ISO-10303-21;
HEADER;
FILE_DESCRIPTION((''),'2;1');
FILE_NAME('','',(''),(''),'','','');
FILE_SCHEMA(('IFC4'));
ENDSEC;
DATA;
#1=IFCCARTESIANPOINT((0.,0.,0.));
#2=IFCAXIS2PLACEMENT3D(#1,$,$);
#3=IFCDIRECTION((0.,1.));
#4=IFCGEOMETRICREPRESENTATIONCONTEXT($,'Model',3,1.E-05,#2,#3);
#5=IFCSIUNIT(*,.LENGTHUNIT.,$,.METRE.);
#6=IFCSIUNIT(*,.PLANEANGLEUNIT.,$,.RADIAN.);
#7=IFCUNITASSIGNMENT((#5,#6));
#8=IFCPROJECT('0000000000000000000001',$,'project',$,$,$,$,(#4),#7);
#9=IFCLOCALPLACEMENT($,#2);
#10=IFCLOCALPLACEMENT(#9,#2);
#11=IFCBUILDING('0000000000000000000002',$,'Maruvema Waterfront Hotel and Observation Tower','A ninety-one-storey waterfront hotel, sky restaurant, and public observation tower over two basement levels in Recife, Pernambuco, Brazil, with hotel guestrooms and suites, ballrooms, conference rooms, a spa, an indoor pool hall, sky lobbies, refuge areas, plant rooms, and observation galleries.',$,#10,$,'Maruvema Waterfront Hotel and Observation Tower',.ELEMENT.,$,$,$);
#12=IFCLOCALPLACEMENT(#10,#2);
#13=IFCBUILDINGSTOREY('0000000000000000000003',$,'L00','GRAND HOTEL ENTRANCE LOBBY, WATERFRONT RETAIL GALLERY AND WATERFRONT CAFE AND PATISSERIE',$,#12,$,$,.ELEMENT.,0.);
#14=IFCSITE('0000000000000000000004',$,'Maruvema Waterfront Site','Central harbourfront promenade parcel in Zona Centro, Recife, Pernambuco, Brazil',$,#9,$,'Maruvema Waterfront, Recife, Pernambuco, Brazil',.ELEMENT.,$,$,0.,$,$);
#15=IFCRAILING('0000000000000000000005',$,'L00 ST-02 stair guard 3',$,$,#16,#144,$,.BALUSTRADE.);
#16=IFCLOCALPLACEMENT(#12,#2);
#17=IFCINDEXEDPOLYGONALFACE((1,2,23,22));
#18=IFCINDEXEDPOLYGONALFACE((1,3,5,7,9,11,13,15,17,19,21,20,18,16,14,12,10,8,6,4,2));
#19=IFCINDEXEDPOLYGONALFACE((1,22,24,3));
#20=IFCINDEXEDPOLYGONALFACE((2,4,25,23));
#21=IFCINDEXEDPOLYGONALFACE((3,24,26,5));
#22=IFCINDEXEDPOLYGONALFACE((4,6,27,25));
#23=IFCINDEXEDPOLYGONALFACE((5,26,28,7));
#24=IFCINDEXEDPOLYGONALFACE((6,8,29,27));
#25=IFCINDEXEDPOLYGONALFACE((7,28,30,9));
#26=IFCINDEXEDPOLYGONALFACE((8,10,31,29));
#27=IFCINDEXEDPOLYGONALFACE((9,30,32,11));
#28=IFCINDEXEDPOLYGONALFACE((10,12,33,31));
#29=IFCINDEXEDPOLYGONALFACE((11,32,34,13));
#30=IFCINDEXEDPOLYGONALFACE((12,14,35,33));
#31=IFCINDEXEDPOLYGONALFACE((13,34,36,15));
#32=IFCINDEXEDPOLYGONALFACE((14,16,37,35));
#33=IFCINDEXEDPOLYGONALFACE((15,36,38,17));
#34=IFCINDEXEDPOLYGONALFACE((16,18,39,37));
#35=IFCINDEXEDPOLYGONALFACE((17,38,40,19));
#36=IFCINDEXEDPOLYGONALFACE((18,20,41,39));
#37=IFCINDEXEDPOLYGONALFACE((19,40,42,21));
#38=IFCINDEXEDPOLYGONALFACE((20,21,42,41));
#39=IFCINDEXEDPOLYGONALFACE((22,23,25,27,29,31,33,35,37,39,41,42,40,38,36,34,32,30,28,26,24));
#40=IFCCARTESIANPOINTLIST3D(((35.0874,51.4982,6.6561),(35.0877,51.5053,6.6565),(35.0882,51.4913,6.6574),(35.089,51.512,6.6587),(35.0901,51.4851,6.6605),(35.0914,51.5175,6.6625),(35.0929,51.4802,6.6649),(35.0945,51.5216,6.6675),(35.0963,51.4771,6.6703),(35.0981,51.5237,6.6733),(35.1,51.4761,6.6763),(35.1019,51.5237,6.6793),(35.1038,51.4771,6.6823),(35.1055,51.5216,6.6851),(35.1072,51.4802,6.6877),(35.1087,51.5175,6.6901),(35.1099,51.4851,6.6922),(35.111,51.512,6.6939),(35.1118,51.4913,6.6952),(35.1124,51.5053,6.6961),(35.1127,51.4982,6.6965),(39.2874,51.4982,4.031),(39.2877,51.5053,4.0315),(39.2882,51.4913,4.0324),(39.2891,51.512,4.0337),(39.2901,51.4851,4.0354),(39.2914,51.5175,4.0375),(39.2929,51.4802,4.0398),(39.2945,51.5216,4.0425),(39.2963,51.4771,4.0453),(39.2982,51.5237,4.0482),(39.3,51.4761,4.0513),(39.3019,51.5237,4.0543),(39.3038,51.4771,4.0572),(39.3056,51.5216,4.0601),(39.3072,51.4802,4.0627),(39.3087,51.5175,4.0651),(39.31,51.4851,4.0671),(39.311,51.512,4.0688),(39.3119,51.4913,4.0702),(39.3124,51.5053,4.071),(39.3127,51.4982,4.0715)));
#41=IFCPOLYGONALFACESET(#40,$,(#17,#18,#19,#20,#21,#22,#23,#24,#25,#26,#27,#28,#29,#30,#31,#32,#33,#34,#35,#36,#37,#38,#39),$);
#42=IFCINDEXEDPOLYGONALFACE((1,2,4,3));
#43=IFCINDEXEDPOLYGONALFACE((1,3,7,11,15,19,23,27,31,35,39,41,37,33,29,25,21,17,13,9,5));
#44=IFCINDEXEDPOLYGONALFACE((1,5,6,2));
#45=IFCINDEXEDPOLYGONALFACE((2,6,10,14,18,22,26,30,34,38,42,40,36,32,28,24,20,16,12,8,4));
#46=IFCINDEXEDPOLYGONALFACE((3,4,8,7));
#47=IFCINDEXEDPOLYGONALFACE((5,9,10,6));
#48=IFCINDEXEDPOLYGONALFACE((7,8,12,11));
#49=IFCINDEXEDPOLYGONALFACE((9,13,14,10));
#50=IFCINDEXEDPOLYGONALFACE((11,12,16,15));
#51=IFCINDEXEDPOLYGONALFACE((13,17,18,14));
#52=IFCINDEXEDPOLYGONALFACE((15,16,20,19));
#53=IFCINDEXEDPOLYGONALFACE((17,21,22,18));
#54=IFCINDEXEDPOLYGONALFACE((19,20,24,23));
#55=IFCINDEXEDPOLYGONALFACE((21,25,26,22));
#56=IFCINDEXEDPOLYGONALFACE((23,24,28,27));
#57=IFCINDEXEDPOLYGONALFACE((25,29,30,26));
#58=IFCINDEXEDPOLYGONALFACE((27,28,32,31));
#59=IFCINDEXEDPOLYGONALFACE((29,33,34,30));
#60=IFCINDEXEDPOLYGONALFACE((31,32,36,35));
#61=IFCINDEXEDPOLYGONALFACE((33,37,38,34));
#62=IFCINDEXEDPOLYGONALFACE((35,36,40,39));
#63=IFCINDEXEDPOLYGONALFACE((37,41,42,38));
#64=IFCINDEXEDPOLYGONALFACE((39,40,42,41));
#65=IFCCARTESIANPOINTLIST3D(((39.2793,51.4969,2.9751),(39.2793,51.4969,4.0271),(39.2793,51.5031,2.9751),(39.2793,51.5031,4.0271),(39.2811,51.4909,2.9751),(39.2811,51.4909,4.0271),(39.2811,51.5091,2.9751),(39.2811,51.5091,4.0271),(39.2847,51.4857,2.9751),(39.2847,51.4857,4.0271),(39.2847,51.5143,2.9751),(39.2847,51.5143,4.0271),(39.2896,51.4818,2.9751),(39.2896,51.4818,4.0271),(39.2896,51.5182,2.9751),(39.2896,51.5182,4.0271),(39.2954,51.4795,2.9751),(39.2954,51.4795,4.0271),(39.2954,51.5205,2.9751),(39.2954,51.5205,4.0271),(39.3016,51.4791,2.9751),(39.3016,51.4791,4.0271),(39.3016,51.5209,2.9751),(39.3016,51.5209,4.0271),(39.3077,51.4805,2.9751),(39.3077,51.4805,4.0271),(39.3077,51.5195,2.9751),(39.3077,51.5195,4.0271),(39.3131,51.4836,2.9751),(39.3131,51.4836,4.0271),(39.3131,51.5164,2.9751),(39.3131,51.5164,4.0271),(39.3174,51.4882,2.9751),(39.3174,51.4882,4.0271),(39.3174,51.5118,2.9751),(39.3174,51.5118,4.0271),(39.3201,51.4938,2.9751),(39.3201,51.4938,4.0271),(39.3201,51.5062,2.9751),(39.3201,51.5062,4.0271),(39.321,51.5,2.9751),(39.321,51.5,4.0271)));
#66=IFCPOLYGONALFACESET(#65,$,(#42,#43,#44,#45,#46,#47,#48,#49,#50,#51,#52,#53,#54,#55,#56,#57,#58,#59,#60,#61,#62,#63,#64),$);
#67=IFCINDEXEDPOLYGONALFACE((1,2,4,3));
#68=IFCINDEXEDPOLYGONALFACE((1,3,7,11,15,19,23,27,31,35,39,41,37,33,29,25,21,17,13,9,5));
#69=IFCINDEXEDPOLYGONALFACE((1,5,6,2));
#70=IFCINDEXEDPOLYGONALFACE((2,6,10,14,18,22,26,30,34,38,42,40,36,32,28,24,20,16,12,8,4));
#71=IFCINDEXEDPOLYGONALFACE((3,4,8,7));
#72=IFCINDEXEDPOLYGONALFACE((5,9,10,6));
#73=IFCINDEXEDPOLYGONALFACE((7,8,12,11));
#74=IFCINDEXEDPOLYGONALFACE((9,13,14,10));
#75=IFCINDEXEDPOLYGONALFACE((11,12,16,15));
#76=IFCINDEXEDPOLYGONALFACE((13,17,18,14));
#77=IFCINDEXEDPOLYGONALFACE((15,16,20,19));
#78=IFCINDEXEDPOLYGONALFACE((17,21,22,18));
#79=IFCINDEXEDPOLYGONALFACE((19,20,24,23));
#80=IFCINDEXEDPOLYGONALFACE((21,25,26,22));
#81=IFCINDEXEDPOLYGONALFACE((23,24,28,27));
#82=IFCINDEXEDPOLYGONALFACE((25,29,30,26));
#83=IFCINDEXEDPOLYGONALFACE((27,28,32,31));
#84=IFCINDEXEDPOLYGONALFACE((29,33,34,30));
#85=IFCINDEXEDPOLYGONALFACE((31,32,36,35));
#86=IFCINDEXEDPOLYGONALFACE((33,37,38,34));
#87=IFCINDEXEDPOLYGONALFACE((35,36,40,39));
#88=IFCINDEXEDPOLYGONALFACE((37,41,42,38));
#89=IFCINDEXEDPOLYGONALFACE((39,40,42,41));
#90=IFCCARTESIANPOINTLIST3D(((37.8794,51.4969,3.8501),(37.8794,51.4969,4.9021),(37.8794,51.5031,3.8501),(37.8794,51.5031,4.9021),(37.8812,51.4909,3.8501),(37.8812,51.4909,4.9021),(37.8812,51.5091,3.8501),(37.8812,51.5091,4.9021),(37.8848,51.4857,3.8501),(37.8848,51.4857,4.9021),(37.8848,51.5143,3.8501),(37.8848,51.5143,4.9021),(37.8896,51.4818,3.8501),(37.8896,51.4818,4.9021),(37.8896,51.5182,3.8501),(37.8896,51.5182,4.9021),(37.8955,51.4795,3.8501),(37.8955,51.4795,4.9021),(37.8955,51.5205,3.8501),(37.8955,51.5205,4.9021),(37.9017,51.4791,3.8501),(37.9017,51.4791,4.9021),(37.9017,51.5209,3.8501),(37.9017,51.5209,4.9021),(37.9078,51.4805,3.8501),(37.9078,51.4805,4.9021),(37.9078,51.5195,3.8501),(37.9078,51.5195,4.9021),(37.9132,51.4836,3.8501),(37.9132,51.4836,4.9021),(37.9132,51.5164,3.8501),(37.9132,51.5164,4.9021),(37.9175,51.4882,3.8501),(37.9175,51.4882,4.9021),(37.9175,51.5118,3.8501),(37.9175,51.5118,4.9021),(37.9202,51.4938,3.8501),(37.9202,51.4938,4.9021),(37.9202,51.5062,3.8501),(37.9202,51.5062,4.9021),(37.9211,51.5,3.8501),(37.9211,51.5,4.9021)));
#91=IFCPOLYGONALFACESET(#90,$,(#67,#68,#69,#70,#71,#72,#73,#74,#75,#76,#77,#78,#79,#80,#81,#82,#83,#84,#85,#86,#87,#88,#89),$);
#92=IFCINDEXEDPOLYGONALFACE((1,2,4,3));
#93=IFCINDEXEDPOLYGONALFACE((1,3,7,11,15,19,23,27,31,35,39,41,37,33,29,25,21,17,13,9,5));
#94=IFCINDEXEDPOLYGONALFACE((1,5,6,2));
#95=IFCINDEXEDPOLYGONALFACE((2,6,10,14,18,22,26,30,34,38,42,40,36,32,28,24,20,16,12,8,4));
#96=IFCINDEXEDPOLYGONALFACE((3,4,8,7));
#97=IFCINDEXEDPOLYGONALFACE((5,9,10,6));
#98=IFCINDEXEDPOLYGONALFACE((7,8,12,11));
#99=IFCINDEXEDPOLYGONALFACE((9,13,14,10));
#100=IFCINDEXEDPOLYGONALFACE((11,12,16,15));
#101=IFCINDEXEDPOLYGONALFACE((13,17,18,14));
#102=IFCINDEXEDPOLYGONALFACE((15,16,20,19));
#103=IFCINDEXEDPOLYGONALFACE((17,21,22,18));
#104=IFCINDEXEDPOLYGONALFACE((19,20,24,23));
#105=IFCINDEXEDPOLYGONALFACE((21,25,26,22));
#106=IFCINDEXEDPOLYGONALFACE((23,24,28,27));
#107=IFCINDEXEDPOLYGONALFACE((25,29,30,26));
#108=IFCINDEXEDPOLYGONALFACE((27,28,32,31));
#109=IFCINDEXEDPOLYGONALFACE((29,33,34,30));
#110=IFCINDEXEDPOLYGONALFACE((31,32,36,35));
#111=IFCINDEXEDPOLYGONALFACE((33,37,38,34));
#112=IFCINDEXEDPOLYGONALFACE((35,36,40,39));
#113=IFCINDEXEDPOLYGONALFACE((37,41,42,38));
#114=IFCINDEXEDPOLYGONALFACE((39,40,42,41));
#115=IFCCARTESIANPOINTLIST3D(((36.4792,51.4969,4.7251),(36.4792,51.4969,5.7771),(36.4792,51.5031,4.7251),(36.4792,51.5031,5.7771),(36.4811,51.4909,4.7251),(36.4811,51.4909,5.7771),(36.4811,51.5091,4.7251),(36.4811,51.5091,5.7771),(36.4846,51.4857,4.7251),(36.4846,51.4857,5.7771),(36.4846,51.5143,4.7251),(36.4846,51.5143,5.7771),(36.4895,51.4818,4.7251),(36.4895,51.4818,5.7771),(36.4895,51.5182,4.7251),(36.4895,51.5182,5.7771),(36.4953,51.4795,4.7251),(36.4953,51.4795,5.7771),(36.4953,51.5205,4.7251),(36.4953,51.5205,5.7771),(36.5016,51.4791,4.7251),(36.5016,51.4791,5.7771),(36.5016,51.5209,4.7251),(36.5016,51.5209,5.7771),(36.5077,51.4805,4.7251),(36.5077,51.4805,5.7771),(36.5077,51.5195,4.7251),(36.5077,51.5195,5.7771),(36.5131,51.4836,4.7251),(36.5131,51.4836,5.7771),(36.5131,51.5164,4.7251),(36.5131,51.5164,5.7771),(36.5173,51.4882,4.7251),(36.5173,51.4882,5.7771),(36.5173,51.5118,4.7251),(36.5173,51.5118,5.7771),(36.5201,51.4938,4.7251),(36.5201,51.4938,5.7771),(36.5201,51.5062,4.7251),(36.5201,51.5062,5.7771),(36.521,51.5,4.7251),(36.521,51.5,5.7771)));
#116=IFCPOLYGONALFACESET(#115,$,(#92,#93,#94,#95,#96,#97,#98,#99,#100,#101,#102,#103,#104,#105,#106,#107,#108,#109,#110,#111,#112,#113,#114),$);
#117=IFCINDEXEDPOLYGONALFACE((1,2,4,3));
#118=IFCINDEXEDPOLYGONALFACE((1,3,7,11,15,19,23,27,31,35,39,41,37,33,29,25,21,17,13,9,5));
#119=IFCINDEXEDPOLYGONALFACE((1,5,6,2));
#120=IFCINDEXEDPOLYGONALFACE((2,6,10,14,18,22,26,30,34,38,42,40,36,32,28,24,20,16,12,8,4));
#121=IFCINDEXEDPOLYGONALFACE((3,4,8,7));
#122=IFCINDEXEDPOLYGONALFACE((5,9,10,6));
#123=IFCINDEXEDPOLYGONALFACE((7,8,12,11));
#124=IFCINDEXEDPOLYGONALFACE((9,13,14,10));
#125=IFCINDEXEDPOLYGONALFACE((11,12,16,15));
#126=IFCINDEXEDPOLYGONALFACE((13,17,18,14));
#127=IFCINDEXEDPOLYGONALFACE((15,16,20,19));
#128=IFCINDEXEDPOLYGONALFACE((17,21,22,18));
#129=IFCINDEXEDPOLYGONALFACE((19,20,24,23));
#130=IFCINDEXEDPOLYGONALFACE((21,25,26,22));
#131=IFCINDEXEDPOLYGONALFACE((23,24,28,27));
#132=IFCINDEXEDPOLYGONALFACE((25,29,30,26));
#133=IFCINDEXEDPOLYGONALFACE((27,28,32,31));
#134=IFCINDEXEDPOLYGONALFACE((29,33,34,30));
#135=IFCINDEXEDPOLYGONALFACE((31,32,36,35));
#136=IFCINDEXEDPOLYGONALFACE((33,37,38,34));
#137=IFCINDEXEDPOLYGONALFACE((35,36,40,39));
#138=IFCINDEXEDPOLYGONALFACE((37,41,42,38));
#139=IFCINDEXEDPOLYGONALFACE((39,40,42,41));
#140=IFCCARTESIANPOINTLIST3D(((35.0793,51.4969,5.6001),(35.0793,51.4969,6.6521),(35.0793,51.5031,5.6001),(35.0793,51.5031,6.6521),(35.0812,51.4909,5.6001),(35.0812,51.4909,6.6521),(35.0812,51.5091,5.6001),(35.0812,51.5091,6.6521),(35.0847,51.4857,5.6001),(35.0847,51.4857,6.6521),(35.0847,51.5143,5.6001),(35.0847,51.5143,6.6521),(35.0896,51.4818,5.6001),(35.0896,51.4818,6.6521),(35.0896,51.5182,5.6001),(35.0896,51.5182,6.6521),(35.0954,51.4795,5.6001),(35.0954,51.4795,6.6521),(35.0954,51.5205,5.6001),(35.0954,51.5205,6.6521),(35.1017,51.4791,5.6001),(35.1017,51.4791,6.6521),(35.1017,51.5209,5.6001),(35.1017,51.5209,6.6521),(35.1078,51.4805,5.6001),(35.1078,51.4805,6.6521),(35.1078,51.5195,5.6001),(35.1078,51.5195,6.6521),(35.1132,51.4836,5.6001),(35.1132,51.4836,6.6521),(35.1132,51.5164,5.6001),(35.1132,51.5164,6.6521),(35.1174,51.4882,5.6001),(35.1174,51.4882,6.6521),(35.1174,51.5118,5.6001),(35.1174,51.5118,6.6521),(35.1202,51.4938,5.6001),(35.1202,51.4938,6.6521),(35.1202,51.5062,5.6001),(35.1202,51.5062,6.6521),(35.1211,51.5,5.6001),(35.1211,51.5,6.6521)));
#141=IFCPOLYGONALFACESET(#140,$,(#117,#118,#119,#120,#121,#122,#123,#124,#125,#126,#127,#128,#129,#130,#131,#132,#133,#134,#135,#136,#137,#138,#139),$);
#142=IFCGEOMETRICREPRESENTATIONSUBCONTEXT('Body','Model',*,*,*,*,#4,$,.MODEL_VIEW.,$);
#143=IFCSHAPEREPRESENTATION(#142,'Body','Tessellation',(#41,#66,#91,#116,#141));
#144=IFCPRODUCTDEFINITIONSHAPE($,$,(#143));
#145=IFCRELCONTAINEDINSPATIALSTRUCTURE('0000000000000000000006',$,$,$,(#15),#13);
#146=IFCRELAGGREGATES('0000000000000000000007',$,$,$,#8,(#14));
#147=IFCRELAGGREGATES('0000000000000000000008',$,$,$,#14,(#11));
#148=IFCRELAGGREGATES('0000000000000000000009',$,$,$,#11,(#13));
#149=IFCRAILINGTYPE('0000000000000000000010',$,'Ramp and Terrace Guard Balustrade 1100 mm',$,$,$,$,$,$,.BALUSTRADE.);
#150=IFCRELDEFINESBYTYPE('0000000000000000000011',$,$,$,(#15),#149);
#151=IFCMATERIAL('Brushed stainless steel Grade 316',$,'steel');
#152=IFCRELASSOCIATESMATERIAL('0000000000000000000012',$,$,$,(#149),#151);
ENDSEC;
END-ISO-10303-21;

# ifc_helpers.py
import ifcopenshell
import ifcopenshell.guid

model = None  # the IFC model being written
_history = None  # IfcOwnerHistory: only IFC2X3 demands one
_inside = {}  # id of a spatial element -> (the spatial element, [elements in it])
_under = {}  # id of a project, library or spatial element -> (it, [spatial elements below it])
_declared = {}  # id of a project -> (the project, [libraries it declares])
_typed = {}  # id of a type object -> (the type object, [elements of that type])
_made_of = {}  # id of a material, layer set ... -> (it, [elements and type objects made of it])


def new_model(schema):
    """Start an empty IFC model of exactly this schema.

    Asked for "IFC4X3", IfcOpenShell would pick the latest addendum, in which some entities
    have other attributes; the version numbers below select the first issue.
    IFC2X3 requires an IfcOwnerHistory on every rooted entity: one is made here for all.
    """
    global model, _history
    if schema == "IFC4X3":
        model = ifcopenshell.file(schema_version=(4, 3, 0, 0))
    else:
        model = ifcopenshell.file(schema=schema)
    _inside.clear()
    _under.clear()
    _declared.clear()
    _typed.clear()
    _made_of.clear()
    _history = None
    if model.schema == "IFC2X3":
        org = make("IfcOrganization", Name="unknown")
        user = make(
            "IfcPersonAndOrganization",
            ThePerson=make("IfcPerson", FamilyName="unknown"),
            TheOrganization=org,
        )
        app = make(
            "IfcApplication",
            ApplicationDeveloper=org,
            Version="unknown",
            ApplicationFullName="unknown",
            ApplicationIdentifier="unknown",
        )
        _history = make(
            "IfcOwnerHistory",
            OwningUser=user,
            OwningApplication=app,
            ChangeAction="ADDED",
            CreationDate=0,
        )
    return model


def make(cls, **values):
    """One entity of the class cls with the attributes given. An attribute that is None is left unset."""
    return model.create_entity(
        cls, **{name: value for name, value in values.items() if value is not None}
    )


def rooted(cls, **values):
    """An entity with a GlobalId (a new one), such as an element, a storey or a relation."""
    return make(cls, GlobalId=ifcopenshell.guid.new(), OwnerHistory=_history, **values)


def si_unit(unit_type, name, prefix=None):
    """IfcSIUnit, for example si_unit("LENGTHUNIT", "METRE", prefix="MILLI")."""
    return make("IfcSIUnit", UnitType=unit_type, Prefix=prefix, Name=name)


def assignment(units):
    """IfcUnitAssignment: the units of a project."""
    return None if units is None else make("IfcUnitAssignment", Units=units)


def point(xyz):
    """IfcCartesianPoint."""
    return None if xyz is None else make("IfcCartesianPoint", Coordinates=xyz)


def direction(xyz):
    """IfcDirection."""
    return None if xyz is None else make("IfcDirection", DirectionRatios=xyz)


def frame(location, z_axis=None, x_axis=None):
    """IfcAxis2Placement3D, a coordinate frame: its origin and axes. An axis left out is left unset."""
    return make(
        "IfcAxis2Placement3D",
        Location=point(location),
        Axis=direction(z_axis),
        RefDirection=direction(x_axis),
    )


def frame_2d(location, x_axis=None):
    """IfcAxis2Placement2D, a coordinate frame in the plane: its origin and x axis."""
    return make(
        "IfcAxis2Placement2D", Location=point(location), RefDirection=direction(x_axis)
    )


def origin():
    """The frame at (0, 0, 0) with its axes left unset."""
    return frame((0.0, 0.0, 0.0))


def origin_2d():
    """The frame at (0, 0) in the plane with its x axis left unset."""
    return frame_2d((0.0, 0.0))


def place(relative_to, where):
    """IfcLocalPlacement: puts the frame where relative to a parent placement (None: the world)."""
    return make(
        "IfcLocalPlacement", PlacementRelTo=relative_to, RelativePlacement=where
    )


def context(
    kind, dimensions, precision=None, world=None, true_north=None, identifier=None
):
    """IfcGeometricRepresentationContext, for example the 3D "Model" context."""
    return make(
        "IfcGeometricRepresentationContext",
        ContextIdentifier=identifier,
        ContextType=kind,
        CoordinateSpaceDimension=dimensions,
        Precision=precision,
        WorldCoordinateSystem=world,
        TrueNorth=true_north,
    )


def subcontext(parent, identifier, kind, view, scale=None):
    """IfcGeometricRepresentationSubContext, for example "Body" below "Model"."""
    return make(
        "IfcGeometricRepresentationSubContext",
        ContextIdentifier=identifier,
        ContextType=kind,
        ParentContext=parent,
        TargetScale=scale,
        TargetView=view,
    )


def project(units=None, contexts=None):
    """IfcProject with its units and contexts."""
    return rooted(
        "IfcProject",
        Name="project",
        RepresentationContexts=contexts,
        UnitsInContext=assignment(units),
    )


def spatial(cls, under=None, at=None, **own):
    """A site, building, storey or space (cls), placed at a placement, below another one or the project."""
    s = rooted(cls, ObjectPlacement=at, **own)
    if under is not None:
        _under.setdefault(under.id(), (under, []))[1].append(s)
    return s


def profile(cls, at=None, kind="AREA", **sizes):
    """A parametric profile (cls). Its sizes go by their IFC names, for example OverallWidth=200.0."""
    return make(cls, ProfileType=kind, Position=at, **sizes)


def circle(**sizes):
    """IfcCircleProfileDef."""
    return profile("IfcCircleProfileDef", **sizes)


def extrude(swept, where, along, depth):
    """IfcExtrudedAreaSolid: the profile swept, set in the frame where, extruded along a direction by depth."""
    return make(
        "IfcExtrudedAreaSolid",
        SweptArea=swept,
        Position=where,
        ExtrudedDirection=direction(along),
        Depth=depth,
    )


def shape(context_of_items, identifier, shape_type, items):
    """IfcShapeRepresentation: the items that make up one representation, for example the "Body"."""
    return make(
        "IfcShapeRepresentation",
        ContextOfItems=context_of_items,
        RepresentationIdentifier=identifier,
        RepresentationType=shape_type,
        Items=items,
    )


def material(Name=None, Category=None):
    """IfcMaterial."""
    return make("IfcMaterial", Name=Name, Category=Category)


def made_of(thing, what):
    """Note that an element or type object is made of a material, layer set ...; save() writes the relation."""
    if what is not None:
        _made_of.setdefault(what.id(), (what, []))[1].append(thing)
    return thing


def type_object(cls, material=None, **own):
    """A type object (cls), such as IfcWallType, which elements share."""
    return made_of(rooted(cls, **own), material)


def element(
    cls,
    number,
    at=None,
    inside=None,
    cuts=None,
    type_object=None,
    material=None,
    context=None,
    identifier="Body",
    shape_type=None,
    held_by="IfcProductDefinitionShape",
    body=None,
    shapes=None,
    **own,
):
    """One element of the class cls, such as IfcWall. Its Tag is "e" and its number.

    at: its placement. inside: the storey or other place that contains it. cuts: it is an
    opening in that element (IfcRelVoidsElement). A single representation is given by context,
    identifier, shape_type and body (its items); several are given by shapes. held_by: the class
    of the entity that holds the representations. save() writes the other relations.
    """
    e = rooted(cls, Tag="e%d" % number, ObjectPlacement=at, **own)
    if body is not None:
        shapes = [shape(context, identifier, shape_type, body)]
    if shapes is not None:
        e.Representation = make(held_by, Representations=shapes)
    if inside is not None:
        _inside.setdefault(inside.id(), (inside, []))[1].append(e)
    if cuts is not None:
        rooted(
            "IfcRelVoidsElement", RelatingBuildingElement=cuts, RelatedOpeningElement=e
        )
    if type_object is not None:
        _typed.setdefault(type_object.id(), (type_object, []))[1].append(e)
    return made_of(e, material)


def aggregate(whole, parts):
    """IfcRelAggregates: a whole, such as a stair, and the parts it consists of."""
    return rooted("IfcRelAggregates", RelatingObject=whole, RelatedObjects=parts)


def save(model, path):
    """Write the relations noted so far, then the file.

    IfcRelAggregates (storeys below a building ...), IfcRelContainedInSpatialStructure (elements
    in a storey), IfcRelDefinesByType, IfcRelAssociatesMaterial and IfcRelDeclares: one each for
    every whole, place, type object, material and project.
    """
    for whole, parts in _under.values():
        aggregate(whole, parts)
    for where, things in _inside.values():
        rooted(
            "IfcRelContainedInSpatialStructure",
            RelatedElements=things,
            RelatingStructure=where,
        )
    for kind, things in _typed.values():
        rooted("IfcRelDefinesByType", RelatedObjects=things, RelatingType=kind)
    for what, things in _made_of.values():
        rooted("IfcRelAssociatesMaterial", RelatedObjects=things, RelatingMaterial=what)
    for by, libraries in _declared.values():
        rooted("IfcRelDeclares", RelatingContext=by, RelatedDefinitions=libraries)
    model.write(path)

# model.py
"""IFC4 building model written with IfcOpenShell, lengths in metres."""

from ifc_helpers import new_model, si_unit, direction, frame, origin, origin_2d, place, context, subcontext, project, spatial, circle, extrude, material, type_object, element, save


model = new_model("IFC4")

# Units and contexts
model_context = context("Model", 3, precision=1e-05, world=origin(), true_north=direction((0.0, 1.0)))
body_context = subcontext(model_context, "Body", "Model", "MODEL_VIEW")
ifc_project = project(units=[si_unit("LENGTHUNIT", "METRE"), si_unit("PLANEANGLEUNIT", "RADIAN")], contexts=[model_context])

# Site, building, storey
site_placement = place(None, origin())
site = spatial("IfcSite", under=ifc_project, at=site_placement, Name="Maruvema Waterfront Site", Description="Central harbourfront promenade parcel in Zona Centro, Recife, Pernambuco, Brazil", LongName="Maruvema Waterfront, Recife, Pernambuco, Brazil", CompositionType="ELEMENT", RefElevation=0.0)
building_placement = place(site_placement, origin())
building = spatial("IfcBuilding", under=site, at=building_placement, Name="Maruvema Waterfront Hotel and Observation Tower", Description="A ninety-one-storey waterfront hotel, sky restaurant, and public observation tower over two basement levels in Recife, Pernambuco, Brazil, with hotel guestrooms and suites, ballrooms, conference rooms, a spa, an indoor pool hall, sky lobbies, refuge areas, plant rooms, and observation galleries.", LongName="Maruvema Waterfront Hotel and Observation Tower", CompositionType="ELEMENT")
storey_placement = place(building_placement, origin())
storey = spatial("IfcBuildingStorey", under=building, at=storey_placement, Name="L00", Description="GRAND HOTEL ENTRANCE LOBBY, WATERFRONT RETAIL GALLERY AND WATERFRONT CAFE AND PATISSERIE", CompositionType="ELEMENT", Elevation=0.0)

# Railing
ifc_material_1 = material(Name="Brushed stainless steel Grade 316", Category="steel")
railing_type_1 = type_object("IfcRailingType", Name="Ramp and Terrace Guard Balustrade 1100 mm", PredefinedType="BALUSTRADE", material=ifc_material_1)
railing_1_placement = place(storey_placement, frame((39.3, 51.5, 2.9751)))
element("IfcRailing", 1, at=railing_1_placement, inside=storey, type_object=railing_type_1, Name="L00 ST-02 stair guard 3", PredefinedType="BALUSTRADE", context=body_context, shape_type="SweptSolid", body=[
    extrude(circle(Radius=0.0239, at=origin_2d()), frame((0.0, 0.0, 1.0762), z_axis=(-0.847996, 0.0, 0.530003), x_axis=(0.0, -1.0, 0.0)), (0.0, 0.0, 1.0), 4.9529),
    extrude(circle(Radius=0.021, at=origin_2d()), origin(), (0.0, 0.0, 1.0), 1.052),
    extrude(circle(Radius=0.021, at=origin_2d()), frame((-1.3999, 0.0, 0.875)), (0.0, 0.0, 1.0), 1.052),
    extrude(circle(Radius=0.021, at=origin_2d()), frame((-2.8, 0.0, 1.75)), (0.0, 0.0, 1.0), 1.052),
    extrude(circle(Radius=0.021, at=origin_2d()), frame((-4.2, 0.0, 2.625)), (0.0, 0.0, 1.0), 1.052),
])

save(model, "model.ifc")
